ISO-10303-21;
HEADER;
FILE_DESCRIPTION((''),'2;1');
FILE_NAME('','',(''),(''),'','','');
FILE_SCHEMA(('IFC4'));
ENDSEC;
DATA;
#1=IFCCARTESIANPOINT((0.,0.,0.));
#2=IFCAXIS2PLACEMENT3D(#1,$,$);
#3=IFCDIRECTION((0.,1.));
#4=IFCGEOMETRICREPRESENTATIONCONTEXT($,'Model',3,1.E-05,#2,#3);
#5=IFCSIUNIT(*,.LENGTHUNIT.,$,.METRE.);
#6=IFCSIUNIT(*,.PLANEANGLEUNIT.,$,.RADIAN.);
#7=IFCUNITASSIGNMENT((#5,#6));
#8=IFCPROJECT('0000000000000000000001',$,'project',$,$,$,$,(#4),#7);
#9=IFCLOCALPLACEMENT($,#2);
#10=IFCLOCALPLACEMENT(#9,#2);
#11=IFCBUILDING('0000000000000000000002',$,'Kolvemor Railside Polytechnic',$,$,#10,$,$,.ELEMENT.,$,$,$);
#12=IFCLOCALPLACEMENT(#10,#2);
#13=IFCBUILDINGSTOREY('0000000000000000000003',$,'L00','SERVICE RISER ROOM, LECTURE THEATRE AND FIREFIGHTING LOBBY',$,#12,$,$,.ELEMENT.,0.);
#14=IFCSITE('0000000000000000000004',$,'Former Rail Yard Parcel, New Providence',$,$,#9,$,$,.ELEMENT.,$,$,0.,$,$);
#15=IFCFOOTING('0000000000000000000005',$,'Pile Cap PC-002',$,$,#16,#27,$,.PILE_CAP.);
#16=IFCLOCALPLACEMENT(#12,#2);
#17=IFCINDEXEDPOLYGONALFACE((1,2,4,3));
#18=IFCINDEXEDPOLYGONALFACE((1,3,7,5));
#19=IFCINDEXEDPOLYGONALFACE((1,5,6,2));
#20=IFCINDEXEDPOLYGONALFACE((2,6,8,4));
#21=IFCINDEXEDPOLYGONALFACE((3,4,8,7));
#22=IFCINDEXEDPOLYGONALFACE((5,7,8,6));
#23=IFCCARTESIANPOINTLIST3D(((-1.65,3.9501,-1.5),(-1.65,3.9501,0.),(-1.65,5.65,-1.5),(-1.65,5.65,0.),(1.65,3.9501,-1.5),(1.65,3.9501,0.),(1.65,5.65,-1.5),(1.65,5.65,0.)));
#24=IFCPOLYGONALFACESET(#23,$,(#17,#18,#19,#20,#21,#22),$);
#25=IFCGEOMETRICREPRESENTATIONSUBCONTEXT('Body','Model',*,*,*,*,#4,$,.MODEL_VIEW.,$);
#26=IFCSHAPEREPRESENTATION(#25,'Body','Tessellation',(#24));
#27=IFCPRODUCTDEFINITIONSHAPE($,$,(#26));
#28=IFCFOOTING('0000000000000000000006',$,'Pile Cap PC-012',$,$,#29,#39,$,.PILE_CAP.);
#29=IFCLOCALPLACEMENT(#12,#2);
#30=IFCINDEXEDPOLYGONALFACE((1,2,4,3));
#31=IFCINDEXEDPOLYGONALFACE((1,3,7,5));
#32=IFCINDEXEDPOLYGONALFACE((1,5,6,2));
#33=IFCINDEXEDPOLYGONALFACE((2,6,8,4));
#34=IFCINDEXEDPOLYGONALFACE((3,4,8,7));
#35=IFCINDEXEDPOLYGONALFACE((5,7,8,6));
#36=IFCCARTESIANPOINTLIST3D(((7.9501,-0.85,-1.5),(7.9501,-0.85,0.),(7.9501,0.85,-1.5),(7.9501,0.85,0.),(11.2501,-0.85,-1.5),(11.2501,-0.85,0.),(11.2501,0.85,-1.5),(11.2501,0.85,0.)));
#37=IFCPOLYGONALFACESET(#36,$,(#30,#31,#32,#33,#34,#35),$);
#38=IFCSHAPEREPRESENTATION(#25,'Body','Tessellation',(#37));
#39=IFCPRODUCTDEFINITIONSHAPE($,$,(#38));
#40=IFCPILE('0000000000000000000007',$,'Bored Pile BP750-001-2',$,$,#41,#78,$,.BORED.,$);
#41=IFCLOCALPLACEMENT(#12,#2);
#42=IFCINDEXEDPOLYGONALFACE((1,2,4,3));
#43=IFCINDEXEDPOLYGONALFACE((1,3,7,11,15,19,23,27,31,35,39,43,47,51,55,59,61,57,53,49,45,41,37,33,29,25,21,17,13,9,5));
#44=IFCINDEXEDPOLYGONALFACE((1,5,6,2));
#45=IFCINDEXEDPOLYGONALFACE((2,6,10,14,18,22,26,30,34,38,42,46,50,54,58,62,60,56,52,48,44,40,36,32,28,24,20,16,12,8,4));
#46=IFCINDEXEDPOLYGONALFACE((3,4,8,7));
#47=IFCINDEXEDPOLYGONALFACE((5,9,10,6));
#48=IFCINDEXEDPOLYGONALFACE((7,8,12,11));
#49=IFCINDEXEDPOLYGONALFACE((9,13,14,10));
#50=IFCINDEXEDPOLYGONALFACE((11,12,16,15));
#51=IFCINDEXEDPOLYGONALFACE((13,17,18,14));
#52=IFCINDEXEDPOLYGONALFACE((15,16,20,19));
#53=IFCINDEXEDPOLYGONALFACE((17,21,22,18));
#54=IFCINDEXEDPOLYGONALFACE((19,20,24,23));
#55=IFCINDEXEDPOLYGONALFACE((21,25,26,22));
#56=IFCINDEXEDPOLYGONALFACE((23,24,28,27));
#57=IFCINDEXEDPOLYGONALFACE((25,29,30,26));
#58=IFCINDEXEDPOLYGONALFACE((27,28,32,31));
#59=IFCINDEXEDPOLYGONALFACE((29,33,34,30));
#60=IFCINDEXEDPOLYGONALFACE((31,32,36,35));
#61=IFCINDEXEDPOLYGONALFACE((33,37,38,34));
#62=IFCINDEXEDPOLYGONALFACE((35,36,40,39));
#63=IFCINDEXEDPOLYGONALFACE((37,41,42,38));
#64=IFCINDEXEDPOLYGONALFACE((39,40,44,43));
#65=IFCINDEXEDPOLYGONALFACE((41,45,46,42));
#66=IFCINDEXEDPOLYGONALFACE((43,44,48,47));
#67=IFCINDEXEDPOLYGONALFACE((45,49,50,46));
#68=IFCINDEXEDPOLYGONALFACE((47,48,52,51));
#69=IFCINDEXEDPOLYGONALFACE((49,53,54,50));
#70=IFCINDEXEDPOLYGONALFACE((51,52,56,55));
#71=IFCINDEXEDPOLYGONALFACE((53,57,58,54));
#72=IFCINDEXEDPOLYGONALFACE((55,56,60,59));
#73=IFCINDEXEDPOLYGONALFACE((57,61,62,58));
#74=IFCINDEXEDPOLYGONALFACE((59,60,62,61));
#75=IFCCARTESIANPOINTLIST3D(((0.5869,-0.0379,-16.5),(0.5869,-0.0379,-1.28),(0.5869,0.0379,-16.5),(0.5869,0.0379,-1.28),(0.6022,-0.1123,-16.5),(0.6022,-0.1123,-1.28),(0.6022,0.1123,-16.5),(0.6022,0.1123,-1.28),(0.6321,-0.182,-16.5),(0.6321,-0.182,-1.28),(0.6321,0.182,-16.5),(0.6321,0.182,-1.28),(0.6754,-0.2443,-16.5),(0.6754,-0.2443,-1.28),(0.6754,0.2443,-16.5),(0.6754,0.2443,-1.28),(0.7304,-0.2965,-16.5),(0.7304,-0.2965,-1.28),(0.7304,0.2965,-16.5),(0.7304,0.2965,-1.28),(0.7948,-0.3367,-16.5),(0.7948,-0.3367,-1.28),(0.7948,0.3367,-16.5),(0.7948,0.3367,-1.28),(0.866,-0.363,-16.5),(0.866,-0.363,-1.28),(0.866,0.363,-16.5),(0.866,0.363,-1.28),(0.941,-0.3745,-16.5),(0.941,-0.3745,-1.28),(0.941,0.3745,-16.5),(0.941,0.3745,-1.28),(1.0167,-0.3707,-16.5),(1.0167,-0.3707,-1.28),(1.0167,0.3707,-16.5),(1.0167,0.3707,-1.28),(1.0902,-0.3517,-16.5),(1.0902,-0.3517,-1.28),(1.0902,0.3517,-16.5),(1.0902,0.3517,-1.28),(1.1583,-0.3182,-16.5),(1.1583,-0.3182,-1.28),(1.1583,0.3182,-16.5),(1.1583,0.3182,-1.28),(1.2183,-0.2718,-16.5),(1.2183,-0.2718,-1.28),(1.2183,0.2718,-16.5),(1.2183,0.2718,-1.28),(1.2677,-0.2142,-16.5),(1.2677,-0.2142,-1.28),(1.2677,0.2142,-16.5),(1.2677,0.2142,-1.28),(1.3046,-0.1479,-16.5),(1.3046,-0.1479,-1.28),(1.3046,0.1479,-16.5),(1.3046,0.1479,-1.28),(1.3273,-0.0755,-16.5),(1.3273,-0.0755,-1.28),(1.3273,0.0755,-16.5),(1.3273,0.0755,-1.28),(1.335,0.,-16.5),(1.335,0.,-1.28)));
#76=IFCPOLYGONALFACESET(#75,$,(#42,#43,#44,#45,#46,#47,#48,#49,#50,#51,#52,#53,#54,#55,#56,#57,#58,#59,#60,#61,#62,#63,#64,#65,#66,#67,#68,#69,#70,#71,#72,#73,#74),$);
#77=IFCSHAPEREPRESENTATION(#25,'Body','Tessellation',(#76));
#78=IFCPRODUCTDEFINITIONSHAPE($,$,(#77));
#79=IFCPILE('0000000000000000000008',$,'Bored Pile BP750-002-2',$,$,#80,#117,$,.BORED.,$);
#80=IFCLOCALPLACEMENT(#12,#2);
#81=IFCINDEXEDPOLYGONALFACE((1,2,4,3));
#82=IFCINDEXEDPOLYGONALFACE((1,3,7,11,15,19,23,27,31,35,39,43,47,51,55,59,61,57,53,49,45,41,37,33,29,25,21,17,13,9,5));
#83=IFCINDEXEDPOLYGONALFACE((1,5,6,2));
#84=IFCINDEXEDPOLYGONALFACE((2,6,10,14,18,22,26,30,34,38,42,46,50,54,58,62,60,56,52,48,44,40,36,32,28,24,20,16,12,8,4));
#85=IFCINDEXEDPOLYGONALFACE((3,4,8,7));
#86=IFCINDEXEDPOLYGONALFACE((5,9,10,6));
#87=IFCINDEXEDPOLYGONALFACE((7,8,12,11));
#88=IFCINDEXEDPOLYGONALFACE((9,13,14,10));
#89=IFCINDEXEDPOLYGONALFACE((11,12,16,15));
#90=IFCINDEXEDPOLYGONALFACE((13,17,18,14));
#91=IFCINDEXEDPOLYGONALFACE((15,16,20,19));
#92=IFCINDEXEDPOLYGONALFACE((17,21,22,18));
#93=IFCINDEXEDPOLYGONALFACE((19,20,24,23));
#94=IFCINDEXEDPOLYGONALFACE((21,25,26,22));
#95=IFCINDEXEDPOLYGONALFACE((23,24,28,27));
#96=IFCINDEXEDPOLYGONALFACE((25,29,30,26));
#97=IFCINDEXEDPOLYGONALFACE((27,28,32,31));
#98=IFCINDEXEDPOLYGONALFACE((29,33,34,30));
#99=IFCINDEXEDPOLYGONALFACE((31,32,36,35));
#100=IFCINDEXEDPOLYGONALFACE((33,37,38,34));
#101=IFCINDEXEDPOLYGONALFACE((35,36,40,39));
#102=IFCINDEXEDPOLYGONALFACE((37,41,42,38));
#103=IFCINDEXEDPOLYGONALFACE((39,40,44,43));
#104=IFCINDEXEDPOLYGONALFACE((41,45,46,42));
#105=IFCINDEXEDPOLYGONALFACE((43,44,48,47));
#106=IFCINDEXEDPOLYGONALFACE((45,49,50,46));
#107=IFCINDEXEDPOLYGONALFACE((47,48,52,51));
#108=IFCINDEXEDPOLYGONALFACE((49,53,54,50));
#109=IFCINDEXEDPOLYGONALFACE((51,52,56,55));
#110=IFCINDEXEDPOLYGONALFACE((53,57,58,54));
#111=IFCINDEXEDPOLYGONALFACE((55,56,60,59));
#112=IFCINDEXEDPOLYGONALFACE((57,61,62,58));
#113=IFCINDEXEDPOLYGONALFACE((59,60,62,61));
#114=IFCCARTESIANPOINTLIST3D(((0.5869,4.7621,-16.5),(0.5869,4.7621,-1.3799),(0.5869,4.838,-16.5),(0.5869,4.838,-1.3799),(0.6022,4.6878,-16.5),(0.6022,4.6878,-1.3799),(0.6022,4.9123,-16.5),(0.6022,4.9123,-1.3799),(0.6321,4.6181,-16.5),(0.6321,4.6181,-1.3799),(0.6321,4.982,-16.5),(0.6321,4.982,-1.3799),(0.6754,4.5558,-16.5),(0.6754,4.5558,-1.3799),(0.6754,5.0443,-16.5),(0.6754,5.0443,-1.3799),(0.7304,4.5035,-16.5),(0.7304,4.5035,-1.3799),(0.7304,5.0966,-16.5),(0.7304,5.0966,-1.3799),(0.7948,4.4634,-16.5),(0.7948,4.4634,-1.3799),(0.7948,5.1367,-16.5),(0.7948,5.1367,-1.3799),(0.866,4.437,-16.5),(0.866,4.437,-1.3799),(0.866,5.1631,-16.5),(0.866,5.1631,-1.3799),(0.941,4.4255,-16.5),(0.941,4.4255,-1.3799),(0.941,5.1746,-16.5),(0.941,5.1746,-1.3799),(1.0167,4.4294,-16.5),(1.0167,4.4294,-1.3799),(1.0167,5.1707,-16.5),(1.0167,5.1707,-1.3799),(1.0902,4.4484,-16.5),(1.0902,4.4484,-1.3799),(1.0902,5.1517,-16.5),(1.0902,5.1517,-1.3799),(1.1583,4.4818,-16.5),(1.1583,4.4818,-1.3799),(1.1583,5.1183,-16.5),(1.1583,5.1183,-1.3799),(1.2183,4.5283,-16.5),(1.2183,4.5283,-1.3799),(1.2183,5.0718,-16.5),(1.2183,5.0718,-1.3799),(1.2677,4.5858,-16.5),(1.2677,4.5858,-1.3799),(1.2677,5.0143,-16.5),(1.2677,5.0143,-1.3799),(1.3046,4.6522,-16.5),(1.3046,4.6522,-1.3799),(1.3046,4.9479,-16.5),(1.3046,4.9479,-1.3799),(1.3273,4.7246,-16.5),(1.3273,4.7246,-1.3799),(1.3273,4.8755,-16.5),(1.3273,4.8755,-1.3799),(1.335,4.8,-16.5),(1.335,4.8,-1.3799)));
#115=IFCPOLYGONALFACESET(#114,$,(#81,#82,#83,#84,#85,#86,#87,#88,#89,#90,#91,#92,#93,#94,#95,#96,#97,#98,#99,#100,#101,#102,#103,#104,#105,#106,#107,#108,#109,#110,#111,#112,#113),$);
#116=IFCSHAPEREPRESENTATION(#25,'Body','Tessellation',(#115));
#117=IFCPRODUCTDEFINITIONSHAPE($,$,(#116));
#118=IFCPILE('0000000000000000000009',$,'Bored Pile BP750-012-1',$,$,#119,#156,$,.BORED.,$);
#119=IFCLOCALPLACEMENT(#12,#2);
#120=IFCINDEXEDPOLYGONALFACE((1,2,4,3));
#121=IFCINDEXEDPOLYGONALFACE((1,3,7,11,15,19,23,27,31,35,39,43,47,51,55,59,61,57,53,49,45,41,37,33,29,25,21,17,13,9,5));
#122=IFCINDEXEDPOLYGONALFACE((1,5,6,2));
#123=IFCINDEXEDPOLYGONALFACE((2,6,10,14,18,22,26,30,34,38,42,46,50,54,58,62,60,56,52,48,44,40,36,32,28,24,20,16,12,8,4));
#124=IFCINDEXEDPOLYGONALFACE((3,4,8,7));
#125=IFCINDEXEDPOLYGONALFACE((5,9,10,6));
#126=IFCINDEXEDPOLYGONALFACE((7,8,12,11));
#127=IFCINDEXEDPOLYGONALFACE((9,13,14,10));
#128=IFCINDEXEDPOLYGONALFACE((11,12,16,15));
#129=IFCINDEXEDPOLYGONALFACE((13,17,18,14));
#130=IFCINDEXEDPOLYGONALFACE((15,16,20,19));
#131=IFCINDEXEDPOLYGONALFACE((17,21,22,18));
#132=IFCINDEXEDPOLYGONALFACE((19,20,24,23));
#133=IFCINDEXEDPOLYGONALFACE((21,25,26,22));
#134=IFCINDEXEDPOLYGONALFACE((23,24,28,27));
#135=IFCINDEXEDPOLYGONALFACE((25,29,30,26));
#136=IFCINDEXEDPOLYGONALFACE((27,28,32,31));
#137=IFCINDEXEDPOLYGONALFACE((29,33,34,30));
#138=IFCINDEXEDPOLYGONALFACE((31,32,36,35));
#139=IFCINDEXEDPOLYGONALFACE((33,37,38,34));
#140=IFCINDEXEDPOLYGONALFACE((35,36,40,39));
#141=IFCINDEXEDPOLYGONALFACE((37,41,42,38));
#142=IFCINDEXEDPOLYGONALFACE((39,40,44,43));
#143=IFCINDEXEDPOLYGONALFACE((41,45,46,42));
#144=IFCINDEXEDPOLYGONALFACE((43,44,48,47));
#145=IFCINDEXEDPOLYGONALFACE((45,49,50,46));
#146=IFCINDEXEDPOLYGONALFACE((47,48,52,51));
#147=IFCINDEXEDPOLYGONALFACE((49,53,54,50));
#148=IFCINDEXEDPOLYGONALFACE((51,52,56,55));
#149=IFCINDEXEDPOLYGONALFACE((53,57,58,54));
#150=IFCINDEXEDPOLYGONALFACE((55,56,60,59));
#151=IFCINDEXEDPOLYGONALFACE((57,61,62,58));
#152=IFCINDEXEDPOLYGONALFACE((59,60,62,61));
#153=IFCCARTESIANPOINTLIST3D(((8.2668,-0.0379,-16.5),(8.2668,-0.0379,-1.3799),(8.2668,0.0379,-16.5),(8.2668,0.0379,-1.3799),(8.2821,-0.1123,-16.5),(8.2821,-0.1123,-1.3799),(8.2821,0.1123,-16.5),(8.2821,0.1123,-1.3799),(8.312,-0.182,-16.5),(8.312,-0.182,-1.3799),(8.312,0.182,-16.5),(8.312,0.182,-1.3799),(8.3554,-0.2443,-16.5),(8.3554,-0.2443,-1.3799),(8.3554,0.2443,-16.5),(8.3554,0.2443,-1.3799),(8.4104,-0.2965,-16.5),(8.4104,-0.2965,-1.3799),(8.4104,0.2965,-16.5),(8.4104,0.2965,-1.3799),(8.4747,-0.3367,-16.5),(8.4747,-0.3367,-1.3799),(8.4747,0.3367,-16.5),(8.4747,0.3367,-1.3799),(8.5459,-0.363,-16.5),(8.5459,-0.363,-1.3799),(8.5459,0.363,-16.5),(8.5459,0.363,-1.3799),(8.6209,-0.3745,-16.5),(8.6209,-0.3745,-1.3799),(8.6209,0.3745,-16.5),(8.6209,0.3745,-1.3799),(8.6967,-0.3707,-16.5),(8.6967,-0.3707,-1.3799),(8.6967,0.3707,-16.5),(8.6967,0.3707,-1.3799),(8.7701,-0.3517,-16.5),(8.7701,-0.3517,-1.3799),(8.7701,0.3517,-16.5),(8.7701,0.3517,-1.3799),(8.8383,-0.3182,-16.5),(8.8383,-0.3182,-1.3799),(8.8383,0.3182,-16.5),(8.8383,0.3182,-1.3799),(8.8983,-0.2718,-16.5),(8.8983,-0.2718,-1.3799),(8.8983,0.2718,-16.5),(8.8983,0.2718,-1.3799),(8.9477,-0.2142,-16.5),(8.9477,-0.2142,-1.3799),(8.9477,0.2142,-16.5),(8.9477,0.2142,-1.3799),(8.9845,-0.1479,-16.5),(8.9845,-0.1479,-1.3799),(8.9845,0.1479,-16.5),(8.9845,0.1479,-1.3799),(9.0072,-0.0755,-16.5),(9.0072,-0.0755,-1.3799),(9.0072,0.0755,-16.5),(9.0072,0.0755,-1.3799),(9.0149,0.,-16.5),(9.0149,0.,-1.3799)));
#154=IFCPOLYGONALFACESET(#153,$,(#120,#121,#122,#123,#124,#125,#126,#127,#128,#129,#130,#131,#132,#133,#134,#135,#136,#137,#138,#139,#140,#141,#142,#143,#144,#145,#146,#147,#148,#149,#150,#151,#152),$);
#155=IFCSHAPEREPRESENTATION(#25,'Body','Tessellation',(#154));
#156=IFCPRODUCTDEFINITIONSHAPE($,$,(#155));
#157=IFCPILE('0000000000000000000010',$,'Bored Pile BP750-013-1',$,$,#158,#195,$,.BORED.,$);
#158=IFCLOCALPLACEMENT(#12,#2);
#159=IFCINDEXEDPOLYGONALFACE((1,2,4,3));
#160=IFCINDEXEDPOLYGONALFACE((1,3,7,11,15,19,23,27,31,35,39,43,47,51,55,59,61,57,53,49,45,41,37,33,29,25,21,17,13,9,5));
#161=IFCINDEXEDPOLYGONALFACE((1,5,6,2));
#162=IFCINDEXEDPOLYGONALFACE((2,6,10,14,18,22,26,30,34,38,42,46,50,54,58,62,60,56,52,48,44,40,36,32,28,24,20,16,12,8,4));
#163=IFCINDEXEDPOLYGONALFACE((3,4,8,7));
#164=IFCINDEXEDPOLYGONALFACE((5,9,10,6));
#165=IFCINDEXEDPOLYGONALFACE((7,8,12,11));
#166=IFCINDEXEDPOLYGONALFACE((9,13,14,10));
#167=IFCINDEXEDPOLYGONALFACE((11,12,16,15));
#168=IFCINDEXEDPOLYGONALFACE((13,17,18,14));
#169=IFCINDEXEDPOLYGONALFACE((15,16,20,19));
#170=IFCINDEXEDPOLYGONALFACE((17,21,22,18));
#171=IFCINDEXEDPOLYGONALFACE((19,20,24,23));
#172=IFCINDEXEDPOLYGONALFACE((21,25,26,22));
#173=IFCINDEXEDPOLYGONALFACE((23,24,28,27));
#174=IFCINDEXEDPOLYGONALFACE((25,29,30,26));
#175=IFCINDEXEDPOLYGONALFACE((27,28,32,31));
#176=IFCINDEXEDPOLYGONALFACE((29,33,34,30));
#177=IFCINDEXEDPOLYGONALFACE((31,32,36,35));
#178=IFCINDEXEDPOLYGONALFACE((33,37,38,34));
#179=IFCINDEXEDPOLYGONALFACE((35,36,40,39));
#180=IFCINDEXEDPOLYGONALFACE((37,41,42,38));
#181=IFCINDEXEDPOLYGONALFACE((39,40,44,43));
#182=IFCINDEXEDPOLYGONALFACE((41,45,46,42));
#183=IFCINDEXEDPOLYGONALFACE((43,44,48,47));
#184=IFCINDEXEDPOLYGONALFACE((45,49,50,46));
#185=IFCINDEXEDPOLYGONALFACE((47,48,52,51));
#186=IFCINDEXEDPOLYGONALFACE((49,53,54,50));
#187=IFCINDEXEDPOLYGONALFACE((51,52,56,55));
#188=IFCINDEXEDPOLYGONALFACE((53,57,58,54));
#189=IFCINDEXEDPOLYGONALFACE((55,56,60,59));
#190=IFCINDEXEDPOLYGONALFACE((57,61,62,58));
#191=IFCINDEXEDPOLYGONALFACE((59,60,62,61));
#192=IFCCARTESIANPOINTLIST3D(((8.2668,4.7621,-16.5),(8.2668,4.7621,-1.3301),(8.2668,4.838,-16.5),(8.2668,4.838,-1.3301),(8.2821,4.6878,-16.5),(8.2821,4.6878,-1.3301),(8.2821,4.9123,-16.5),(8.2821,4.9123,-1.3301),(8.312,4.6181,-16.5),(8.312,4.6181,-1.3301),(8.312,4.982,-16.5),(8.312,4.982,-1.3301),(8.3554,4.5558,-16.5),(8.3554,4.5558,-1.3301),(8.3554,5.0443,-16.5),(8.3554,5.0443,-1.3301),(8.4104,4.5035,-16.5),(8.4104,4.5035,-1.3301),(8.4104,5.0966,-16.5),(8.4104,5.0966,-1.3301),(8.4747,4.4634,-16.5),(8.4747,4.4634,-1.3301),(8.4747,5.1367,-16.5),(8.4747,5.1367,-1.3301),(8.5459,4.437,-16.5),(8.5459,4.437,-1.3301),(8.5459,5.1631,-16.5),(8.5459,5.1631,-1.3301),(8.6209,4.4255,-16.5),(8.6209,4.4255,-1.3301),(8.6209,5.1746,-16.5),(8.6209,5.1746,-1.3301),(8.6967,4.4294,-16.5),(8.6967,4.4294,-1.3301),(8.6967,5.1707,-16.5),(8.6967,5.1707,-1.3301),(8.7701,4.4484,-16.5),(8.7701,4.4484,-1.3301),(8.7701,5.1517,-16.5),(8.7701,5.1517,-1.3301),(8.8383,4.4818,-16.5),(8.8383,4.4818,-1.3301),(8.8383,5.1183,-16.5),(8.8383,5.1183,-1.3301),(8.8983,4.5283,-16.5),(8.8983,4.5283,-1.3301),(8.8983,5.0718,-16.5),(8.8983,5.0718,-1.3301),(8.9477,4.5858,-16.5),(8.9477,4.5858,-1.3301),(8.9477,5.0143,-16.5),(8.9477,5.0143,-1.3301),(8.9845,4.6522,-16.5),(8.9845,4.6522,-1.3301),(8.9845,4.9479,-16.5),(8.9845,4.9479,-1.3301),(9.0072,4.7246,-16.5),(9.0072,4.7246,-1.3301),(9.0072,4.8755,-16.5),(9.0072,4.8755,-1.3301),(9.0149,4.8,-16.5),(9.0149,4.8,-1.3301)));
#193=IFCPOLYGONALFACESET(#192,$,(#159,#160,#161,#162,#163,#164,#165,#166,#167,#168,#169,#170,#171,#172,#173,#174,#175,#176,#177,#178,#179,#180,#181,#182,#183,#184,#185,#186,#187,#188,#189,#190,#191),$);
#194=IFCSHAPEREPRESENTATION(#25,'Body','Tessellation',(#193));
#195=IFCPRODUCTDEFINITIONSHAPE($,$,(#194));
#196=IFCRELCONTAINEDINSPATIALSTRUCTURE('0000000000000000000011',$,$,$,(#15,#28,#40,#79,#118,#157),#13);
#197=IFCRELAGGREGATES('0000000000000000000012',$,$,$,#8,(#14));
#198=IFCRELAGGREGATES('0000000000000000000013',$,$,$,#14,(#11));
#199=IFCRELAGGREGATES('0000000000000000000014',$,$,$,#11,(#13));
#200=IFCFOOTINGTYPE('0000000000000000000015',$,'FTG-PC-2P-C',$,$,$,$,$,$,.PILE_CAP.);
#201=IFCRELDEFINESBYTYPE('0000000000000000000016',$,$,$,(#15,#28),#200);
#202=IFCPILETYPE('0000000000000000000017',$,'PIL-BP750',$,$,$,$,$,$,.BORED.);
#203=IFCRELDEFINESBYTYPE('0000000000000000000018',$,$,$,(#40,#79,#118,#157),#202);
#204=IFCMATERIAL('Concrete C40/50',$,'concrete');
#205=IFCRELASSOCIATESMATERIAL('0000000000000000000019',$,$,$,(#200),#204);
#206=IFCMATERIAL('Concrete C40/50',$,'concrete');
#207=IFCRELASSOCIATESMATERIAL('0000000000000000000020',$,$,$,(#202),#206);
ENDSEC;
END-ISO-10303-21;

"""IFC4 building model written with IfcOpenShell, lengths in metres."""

from ifc_helpers import new_model, si_unit, direction, frame, origin, origin_2d, place, context, subcontext, project, spatial, rectangle, circle, extrude, material, material_profile, profile_set, type_object, element, save


model = new_model("IFC4")

# Units and contexts
model_context = context("Model", 3, precision=1e-05, world=origin(), true_north=direction((0.0, 1.0)))
body_context = subcontext(model_context, "Body", "Model", "MODEL_VIEW")
ifc_project = project(units=[si_unit("LENGTHUNIT", "METRE"), si_unit("PLANEANGLEUNIT", "RADIAN")], contexts=[model_context])

# Site, building, storey
site_placement = place(None, origin())
site = spatial("IfcSite", under=ifc_project, at=site_placement, Name="Former Rail Yard Parcel, New Providence", CompositionType="ELEMENT", RefElevation=0.0)
building_placement = place(site_placement, origin())
building = spatial("IfcBuilding", under=site, at=building_placement, Name="Kolvemor Railside Polytechnic", CompositionType="ELEMENT")
storey_placement = place(building_placement, origin())
storey = spatial("IfcBuildingStorey", under=building, at=storey_placement, Name="L00", Description="SERVICE RISER ROOM, LECTURE THEATRE AND FIREFIGHTING LOBBY", CompositionType="ELEMENT", Elevation=0.0)

# Footings
ifc_material_1 = material(Name="Concrete C40/50", Category="concrete")
footing_type = type_object("IfcFootingType", Name="FTG-PC-2P-C", PredefinedType="PILE_CAP", material=ifc_material_1)
for number, where, z_axis, x_axis, name in (
    (1, (0.0, 4.8, -1.5), (0.0, 0.0, 1.0), (1.0, 0.0, 0.0), "Pile Cap PC-002"),
    (2, (9.6001, 0.0, -1.5), (0.0, 0.0, 1.0), (1.0, 0.0, 0.0), "Pile Cap PC-012"),
):
    element("IfcFooting", number, at=place(storey_placement, frame(where, z_axis=z_axis, x_axis=x_axis)), inside=storey, type_object=footing_type, Name=name, PredefinedType="PILE_CAP", context=body_context, shape_type="SweptSolid", body=[
        extrude(rectangle(XDim=3.3, YDim=1.7, at=origin_2d()), origin(), (0.0, 0.0, 1.0), 1.5),
    ])

# Piles
ifc_material_2 = material(Name="Concrete C40/50", Category="concrete")
ifc_material_profile_1 = material_profile(ifc_material_2, circle(Radius=0.375, at=origin_2d()), Name="BP750")
ifc_profile_set_1 = profile_set([ifc_material_profile_1], Name="Concrete C40/50")
pile_type = type_object("IfcPileType", Name="PIL-BP750", PredefinedType="BORED", material=ifc_profile_set_1)
pile_1_placement = place(storey_placement, frame((0.96, 0.0, -1.28), z_axis=(0.0, 0.0, -1.0), x_axis=(1.0, 0.0, 0.0)))
element("IfcPile", 3, at=pile_1_placement, inside=storey, type_object=pile_type, Name="Bored Pile BP750-001-2", PredefinedType="BORED", context=body_context, shape_type="SweptSolid", body=[
    extrude(circle(Radius=0.375, at=origin_2d()), origin(), (0.0, 0.0, 1.0), 15.22),
])
for number, where, z_axis, x_axis, name in (
    (4, (0.96, 4.8, -1.3799), (0.0, 0.0, -1.0), (1.0, 0.0, 0.0), "Bored Pile BP750-002-2"),
    (5, (8.6399, 0.0, -1.3799), (0.0, 0.0, -1.0), (1.0, 0.0, 0.0), "Bored Pile BP750-012-1"),
):
    element("IfcPile", number, at=place(storey_placement, frame(where, z_axis=z_axis, x_axis=x_axis)), inside=storey, type_object=pile_type, Name=name, PredefinedType="BORED", context=body_context, shape_type="SweptSolid", body=[
        extrude(circle(Radius=0.375, at=origin_2d()), origin(), (0.0, 0.0, 1.0), 15.1201),
    ])
pile_2_placement = place(storey_placement, frame((8.6399, 4.8, -1.3301), z_axis=(0.0, 0.0, -1.0), x_axis=(1.0, 0.0, 0.0)))
element("IfcPile", 6, at=pile_2_placement, inside=storey, type_object=pile_type, Name="Bored Pile BP750-013-1", PredefinedType="BORED", context=body_context, shape_type="SweptSolid", body=[
    extrude(circle(Radius=0.375, at=origin_2d()), origin(), (0.0, 0.0, 1.0), 15.1699),
])

save(model, "model.ifc")
